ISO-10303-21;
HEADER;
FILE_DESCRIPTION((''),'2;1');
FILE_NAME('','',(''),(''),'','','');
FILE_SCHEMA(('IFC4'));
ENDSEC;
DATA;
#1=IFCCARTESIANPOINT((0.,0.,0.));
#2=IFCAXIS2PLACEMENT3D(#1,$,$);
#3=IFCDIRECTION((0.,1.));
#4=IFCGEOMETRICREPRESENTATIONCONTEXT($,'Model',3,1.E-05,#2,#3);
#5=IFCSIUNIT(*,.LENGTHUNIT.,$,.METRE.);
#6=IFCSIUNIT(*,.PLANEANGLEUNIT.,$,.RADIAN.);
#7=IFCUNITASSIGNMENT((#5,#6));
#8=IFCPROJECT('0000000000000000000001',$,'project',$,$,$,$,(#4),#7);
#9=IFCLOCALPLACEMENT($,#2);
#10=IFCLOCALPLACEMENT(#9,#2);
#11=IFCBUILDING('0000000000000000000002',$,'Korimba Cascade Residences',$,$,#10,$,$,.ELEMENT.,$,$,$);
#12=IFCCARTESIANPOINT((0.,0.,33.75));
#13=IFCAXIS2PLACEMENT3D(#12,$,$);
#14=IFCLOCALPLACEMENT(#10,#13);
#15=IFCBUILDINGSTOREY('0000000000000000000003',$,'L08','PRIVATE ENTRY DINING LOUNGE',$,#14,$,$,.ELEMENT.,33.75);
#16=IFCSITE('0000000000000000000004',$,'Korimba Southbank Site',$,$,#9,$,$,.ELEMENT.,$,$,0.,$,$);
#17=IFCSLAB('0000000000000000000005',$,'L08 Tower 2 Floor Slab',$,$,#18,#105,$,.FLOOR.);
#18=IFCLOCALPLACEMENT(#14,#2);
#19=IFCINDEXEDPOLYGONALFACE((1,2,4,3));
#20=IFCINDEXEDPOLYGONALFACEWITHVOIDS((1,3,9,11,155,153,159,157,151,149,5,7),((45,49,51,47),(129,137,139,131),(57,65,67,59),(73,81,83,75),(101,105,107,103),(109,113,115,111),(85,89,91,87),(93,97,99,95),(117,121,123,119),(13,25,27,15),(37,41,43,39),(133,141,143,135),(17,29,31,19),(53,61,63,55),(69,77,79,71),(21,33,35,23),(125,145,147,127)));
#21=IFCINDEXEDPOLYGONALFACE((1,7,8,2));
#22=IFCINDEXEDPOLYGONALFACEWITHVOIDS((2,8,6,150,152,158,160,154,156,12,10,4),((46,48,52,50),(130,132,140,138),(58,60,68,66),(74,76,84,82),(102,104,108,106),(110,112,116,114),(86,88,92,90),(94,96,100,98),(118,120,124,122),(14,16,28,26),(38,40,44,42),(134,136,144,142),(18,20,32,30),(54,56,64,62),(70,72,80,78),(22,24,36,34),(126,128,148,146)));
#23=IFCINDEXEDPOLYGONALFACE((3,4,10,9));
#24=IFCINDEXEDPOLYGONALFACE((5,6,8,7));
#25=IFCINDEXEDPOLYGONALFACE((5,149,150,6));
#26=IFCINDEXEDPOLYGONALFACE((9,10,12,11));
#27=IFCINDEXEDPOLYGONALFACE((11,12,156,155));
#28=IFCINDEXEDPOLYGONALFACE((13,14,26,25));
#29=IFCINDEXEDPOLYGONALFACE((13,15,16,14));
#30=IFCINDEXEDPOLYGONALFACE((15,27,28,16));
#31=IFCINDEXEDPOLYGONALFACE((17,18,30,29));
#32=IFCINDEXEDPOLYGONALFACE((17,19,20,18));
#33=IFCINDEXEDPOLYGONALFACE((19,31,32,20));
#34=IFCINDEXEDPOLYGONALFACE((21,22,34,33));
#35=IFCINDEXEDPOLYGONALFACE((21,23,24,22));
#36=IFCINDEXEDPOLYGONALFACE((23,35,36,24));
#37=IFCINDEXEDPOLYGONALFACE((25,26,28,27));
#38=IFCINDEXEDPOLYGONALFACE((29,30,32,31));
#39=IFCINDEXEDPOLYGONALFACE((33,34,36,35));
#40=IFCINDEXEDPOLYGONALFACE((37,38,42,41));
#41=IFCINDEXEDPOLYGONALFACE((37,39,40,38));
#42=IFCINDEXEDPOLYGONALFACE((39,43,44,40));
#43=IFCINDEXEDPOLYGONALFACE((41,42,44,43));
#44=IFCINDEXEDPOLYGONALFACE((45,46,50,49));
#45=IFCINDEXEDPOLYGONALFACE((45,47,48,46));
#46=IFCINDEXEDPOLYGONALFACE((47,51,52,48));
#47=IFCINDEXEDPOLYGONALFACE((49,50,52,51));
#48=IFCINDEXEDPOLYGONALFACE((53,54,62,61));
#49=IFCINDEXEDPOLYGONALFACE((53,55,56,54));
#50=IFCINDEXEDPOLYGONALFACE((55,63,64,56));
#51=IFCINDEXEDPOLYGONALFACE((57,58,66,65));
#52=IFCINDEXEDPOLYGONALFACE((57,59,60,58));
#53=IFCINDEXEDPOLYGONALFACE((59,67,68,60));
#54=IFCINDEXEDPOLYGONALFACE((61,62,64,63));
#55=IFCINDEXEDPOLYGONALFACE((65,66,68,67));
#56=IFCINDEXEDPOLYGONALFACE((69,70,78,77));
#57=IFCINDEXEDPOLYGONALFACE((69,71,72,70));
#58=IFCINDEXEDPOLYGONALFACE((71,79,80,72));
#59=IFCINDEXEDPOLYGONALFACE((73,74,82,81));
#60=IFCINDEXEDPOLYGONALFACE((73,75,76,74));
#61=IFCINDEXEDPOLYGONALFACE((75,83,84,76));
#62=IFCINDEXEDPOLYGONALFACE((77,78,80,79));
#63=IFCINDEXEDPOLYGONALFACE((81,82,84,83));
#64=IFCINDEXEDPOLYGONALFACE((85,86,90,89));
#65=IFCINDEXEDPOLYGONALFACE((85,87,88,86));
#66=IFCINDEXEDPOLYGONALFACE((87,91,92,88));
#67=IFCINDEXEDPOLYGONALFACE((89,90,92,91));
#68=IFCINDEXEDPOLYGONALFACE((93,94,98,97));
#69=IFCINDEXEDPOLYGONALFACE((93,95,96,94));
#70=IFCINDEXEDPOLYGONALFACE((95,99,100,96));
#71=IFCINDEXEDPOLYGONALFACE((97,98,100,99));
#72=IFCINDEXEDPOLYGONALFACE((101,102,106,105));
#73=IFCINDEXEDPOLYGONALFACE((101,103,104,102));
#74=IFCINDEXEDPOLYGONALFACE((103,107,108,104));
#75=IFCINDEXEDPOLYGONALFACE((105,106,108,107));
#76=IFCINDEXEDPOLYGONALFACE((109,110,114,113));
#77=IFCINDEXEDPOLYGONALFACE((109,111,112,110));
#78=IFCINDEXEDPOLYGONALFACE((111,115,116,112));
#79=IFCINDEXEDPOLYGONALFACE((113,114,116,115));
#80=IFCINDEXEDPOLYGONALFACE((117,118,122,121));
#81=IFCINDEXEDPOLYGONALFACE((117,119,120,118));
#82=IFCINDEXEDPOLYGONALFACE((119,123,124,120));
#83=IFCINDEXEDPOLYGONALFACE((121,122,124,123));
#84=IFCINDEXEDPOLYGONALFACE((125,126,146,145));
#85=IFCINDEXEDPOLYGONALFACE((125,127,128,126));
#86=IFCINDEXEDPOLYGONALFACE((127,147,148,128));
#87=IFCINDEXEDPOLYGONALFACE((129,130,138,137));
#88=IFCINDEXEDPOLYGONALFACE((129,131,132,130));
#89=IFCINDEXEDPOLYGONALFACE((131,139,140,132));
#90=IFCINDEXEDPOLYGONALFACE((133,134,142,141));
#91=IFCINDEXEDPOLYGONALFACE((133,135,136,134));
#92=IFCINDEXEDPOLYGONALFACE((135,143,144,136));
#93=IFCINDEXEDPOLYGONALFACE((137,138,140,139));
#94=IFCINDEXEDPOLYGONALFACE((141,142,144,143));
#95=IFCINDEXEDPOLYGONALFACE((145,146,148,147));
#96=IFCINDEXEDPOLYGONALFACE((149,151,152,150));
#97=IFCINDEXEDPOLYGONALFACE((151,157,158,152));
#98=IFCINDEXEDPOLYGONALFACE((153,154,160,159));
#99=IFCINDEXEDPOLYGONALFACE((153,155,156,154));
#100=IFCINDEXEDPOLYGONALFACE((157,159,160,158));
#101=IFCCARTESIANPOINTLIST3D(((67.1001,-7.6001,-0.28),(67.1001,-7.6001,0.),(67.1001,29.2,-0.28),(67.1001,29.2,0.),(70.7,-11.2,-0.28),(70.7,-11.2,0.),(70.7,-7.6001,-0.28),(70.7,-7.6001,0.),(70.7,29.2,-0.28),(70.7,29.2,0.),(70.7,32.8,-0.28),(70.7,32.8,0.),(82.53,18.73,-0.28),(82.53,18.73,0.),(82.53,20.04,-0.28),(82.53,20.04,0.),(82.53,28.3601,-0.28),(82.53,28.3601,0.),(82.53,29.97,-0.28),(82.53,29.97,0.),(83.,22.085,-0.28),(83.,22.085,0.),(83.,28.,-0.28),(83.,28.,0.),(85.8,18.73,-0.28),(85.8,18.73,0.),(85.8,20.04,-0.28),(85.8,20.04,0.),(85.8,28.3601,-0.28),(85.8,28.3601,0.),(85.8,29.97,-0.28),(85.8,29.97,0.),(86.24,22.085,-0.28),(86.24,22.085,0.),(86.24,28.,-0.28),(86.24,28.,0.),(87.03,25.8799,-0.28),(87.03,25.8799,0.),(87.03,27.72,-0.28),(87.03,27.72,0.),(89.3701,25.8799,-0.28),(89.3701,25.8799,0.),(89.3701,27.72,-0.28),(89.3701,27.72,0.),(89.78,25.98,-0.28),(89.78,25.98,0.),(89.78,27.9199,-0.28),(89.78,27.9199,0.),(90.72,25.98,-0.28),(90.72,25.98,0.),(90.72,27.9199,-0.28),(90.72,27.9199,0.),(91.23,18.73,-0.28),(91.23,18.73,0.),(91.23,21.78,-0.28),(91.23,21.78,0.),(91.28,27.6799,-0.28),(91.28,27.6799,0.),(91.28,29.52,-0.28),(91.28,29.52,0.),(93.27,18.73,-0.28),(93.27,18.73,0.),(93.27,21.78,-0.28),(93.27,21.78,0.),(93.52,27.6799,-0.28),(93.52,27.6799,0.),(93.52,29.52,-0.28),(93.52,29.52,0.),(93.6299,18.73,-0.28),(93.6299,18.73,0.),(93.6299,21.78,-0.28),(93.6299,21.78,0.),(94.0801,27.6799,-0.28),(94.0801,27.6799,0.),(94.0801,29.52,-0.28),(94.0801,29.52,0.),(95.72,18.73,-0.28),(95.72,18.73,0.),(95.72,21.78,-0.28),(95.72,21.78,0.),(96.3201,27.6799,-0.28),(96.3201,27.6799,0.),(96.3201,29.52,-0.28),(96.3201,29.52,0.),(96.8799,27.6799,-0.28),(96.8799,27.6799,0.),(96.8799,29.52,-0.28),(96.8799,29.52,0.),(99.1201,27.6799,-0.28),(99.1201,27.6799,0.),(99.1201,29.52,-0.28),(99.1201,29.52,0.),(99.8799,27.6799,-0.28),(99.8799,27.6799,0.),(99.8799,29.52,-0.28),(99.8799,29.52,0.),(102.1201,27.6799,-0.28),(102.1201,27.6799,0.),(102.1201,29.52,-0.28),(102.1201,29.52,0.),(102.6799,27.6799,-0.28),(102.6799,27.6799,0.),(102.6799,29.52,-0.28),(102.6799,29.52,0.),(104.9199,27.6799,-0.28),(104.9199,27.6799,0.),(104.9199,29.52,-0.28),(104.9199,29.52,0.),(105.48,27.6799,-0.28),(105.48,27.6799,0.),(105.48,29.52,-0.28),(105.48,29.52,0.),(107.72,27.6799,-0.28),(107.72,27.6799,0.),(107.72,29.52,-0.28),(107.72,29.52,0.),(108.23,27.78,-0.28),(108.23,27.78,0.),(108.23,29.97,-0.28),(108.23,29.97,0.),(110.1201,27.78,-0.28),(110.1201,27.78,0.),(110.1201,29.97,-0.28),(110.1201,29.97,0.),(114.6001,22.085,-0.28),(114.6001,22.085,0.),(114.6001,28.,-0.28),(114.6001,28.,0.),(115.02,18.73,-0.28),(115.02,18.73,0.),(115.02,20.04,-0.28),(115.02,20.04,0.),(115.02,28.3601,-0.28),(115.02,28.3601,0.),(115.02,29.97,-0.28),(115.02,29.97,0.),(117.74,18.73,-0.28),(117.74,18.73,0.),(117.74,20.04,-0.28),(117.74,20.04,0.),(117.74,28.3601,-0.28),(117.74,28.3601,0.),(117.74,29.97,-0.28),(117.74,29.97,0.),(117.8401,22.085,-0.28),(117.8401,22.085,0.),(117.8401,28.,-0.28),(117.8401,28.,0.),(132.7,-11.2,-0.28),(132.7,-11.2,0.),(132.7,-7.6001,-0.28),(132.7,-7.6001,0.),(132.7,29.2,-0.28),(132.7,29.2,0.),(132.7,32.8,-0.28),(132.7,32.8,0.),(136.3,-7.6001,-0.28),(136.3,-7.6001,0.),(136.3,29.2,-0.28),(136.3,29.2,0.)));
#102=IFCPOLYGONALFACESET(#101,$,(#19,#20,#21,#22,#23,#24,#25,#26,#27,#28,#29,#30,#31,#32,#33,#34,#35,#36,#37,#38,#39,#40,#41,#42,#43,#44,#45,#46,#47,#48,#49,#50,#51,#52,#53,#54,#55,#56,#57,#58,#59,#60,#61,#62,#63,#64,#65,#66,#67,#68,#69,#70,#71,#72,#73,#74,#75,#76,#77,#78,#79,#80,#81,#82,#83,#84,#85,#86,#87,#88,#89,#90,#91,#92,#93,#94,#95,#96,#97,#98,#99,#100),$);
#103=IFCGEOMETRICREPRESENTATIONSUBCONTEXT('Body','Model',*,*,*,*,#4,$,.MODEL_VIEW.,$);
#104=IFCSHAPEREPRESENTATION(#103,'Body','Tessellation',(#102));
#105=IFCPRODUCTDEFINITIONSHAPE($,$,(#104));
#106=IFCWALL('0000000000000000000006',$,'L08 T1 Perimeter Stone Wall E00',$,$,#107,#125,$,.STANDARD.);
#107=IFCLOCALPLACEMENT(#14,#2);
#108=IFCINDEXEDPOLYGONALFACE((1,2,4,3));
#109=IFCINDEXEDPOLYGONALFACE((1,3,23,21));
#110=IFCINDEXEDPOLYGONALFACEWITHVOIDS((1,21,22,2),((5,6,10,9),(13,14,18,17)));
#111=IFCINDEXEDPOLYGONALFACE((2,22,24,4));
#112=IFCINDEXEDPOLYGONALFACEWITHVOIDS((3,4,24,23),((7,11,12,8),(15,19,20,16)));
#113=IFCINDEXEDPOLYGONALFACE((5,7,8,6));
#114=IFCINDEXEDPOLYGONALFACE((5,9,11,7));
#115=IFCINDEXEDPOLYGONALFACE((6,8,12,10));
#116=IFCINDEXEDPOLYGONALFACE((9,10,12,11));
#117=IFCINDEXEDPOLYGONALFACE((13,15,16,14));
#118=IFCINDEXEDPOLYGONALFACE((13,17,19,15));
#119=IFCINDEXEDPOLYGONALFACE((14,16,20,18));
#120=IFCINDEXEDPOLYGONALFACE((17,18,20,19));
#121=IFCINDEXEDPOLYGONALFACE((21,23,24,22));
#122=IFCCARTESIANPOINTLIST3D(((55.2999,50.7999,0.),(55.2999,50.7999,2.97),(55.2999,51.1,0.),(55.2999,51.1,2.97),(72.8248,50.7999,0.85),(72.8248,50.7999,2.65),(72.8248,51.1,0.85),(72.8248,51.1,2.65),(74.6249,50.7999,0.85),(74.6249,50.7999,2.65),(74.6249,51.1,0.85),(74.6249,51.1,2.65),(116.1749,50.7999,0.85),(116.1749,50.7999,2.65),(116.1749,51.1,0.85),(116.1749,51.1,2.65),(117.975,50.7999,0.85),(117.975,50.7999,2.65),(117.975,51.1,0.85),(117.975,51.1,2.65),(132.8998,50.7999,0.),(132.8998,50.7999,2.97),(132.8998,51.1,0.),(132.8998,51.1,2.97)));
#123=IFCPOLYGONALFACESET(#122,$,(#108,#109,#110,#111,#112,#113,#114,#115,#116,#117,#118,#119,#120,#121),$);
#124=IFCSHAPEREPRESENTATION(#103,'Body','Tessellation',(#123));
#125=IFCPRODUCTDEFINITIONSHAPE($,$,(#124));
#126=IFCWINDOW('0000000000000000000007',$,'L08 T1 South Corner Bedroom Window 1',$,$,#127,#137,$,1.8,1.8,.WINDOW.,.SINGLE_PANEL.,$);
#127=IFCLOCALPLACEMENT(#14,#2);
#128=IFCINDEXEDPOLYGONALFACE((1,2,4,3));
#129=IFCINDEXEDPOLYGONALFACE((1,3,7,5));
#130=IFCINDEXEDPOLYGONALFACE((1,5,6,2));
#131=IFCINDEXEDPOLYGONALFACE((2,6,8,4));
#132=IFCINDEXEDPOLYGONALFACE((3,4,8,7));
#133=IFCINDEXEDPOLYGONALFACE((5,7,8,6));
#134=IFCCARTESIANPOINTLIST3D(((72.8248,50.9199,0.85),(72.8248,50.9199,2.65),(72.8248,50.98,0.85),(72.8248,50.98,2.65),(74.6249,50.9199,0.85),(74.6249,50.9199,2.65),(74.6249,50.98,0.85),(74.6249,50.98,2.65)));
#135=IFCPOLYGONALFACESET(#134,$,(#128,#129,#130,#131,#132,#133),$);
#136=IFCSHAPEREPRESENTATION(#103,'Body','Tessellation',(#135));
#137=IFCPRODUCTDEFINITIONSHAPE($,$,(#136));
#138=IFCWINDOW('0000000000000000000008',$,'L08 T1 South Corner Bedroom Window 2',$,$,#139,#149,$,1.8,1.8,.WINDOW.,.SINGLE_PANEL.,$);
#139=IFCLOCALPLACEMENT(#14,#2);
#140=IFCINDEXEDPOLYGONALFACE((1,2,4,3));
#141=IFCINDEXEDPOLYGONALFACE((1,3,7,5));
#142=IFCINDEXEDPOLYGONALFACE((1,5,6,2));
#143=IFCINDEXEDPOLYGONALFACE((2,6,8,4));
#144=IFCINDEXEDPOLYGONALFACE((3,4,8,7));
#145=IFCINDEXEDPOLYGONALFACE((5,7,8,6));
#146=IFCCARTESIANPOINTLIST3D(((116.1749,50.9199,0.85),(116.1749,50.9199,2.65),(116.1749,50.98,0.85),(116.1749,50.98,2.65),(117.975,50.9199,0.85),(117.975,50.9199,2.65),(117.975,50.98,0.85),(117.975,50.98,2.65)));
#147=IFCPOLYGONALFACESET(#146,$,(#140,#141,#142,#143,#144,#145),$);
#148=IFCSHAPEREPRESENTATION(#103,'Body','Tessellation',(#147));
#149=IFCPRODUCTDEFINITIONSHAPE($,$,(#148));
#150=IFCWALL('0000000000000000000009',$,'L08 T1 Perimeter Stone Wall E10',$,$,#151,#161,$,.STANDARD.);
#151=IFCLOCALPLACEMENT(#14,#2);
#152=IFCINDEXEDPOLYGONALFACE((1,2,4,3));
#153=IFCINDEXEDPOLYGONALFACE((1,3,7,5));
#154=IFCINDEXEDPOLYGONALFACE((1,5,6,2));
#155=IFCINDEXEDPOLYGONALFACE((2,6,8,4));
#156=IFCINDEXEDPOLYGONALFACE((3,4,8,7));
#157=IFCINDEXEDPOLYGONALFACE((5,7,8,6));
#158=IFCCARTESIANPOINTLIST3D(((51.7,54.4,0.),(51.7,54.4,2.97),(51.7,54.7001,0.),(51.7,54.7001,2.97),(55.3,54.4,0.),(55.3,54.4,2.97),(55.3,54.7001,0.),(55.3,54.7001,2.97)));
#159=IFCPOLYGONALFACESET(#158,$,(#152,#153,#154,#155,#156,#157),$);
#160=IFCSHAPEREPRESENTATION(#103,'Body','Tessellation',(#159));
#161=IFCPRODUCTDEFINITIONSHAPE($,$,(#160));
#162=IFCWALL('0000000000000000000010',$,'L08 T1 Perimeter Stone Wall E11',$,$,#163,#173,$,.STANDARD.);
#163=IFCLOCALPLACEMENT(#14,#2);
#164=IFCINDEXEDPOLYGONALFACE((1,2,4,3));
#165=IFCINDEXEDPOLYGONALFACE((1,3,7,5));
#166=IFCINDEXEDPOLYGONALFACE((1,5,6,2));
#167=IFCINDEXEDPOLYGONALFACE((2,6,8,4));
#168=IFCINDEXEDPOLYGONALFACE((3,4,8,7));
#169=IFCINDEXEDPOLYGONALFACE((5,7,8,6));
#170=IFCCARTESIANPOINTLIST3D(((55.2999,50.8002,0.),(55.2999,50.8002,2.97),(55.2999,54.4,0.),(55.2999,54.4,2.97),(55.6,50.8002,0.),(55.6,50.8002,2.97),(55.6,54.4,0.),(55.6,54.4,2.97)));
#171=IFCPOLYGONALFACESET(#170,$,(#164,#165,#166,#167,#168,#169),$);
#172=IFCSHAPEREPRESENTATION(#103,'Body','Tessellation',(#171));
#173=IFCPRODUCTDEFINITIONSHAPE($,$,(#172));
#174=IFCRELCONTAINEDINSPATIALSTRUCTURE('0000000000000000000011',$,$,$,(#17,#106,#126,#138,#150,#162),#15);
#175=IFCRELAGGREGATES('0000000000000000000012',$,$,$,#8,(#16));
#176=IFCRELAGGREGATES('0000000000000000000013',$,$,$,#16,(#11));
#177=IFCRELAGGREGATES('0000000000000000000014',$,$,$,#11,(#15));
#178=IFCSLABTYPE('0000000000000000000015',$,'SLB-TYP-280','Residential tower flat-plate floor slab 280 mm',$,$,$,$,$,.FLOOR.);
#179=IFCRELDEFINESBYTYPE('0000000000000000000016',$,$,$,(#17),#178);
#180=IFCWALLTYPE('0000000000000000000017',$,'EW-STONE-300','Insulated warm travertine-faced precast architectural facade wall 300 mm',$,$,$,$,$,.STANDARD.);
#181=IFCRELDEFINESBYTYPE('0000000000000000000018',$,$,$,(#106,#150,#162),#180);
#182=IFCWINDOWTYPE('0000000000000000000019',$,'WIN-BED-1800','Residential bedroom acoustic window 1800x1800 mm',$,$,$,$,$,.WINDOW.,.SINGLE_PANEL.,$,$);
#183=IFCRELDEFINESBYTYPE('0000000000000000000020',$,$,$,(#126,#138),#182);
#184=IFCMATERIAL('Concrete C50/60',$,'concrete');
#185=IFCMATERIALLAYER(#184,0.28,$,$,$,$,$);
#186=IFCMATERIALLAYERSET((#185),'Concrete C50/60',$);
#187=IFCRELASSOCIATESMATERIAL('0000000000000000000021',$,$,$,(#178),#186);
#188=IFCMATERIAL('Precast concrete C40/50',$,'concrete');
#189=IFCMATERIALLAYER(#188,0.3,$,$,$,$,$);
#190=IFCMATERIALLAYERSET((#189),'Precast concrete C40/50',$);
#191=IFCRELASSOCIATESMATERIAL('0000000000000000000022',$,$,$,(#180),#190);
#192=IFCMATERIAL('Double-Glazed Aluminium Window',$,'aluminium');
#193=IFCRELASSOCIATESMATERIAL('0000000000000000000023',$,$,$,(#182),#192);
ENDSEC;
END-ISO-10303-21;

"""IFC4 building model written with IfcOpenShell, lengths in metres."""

from ifc_helpers import new_model, si_unit, direction, frame, frame_2d, origin, place, context, subcontext, project, spatial, polyline, rectangle, outline, extrude, material, layer, layer_set, type_object, element, fill, save


model = new_model("IFC4")

# Units and contexts
model_context = context("Model", 3, precision=1e-05, world=origin(), true_north=direction((0.0, 1.0)))
body_context = subcontext(model_context, "Body", "Model", "MODEL_VIEW")
ifc_project = project(units=[si_unit("LENGTHUNIT", "METRE"), si_unit("PLANEANGLEUNIT", "RADIAN")], contexts=[model_context])

# Site, building, storey
site_placement = place(None, origin())
site = spatial("IfcSite", under=ifc_project, at=site_placement, Name="Korimba Southbank Site", CompositionType="ELEMENT", RefElevation=0.0)
building_placement = place(site_placement, origin())
building = spatial("IfcBuilding", under=site, at=building_placement, Name="Korimba Cascade Residences", CompositionType="ELEMENT")
storey_placement = place(building_placement, frame((0.0, 0.0, 33.75)))
storey = spatial("IfcBuildingStorey", under=building, at=storey_placement, Name="L08", Description="PRIVATE ENTRY DINING LOUNGE", CompositionType="ELEMENT", Elevation=33.75)

# Shared definitions
ifc_material_1 = material(Name="Concrete C50/60", Category="concrete")

# Slab
ifc_material_2 = material(Name="Precast concrete C40/50", Category="concrete")
ifc_layer_1 = layer(ifc_material_1, 0.28)
ifc_layer_set_1 = layer_set([ifc_layer_1], Name="Concrete C50/60")
slab_type_1 = type_object("IfcSlabType", Name="SLB-TYP-280", Description="Residential tower flat-plate floor slab 280 mm", PredefinedType="FLOOR", material=ifc_layer_set_1)
slab_1_placement = place(storey_placement, frame((0.0, 0.0, -0.28)))
element("IfcSlab", 1, at=slab_1_placement, inside=storey, type_object=slab_type_1, Name="L08 Tower 2 Floor Slab", PredefinedType="FLOOR", context=body_context, shape_type="SweptSolid", body=[
    extrude(outline(polyline([(70.7, -11.2), (132.7, -11.2), (132.7, -7.6001), (136.3, -7.6001), (136.3, 29.2), (132.7, 29.2), (132.7, 32.8), (70.7, 32.8), (70.7, 29.2), (67.1001, 29.2), (67.1001, -7.6001), (70.7, -7.6001), (70.7, -11.2)]), holes=[polyline([(86.24, 22.085), (86.24, 28.0), (83.0, 28.0), (83.0, 22.085), (86.24, 22.085)]), polyline([(117.8401, 22.085), (117.8401, 28.0), (114.6001, 28.0), (114.6001, 22.085), (117.8401, 22.085)]), polyline([(87.03, 25.8799), (89.3701, 25.8799), (89.3701, 27.72), (87.03, 27.72), (87.03, 25.8799)]), polyline([(91.28, 27.6799), (93.52, 27.6799), (93.52, 29.52), (91.28, 29.52), (91.28, 27.6799)]), polyline([(94.0801, 27.6799), (96.3201, 27.6799), (96.3201, 29.52), (94.0801, 29.52), (94.0801, 27.6799)]), polyline([(96.8799, 27.6799), (99.1201, 27.6799), (99.1201, 29.52), (96.8799, 29.52), (96.8799, 27.6799)]), polyline([(99.8799, 27.6799), (102.1201, 27.6799), (102.1201, 29.52), (99.8799, 29.52), (99.8799, 27.6799)]), polyline([(102.6799, 27.6799), (104.9199, 27.6799), (104.9199, 29.52), (102.6799, 29.52), (102.6799, 27.6799)]), polyline([(105.48, 27.6799), (107.72, 27.6799), (107.72, 29.52), (105.48, 29.52), (105.48, 27.6799)]), polyline([(89.78, 25.98), (90.72, 25.98), (90.72, 27.9199), (89.78, 27.9199), (89.78, 25.98)]), polyline([(82.53, 18.73), (85.8, 18.73), (85.8, 20.04), (82.53, 20.04), (82.53, 18.73)]), polyline([(82.53, 28.3601), (85.8, 28.3601), (85.8, 29.97), (82.53, 29.97), (82.53, 28.3601)]), polyline([(108.23, 27.78), (110.1201, 27.78), (110.1201, 29.97), (108.23, 29.97), (108.23, 27.78)]), polyline([(91.23, 18.73), (93.27, 18.73), (93.27, 21.78), (91.23, 21.78), (91.23, 18.73)]), polyline([(93.6299, 18.73), (95.72, 18.73), (95.72, 21.78), (93.6299, 21.78), (93.6299, 18.73)]), polyline([(115.02, 18.73), (117.74, 18.73), (117.74, 20.04), (115.02, 20.04), (115.02, 18.73)]), polyline([(115.02, 28.3601), (117.74, 28.3601), (117.74, 29.97), (115.02, 29.97), (115.02, 28.3601)])]), origin(), (0.0, 0.0, 1.0), 0.28),
])

# Wall, openings, windows
ifc_layer_2 = layer(ifc_material_2, 0.3)
ifc_layer_set_2 = layer_set([ifc_layer_2], Name="Precast concrete C40/50")
wall_type_1 = type_object("IfcWallType", Name="EW-STONE-300", Description="Insulated warm travertine-faced precast architectural facade wall 300 mm", PredefinedType="STANDARD", material=ifc_layer_set_2)
wall_1_placement = place(storey_placement, frame((55.3, 50.95, 0.0), z_axis=(0.0, 0.0, 1.0), x_axis=(1.0, 0.0, 0.0)))
wall_1 = element("IfcWall", 2, at=wall_1_placement, inside=storey, type_object=wall_type_1, Name="L08 T1 Perimeter Stone Wall E00", PredefinedType="STANDARD", context=body_context, shape_type="SweptSolid", body=[
    extrude(rectangle(XDim=77.5999, YDim=0.3, at=frame_2d((38.7998, 0.0))), origin(), (0.0, 0.0, 1.0), 2.97),
])
opening_1_placement = place(wall_1_placement, frame((17.5249, 0.0, 0.8501)))
opening_1 = element("IfcOpeningElement", 3, at=opening_1_placement, cuts=wall_1, PredefinedType="OPENING", context=body_context, shape_type="SweptSolid", body=[
    extrude(rectangle(XDim=1.8, YDim=1.8, at=frame_2d((0.8999, 0.8999))), frame((0.0, 0.1602, 0.0), z_axis=(0.0, -1.0, 0.0), x_axis=(1.0, 0.0, 0.0)), (0.0, 0.0, 1.0), 0.3201),
])
opening_2_placement = place(wall_1_placement, frame((60.875, 0.0, 0.8501)))
opening_2 = element("IfcOpeningElement", 4, at=opening_2_placement, cuts=wall_1, PredefinedType="OPENING", context=body_context, shape_type="SweptSolid", body=[
    extrude(rectangle(XDim=1.8, YDim=1.8, at=frame_2d((0.8999, 0.8999))), frame((0.0, 0.1602, 0.0), z_axis=(0.0, -1.0, 0.0), x_axis=(1.0, 0.0, 0.0)), (0.0, 0.0, 1.0), 0.3201),
])
ifc_material_3 = material(Name="Double-Glazed Aluminium Window", Category="aluminium")
window_type = type_object("IfcWindowType", Name="WIN-BED-1800", Description="Residential bedroom acoustic window 1800x1800 mm", PartitioningType="SINGLE_PANEL", PredefinedType="WINDOW", material=ifc_material_3)
window_1_placement = place(opening_1_placement, origin())
window_1 = element("IfcWindow", 5, at=window_1_placement, inside=storey, type_object=window_type, Name="L08 T1 South Corner Bedroom Window 1", OverallHeight=1.8, OverallWidth=1.8, PartitioningType="SINGLE_PANEL", PredefinedType="WINDOW", context=body_context, shape_type="SweptSolid", body=[
    extrude(rectangle(XDim=1.8, YDim=1.8, at=frame_2d((0.8999, 0.8999))), frame((0.0, 0.03, 0.0), z_axis=(0.0, -1.0, 0.0), x_axis=(1.0, 0.0, 0.0)), (0.0, 0.0, 1.0), 0.0601),
])
fill(opening_1, window_1)
window_2_placement = place(opening_2_placement, origin())
window_2 = element("IfcWindow", 6, at=window_2_placement, inside=storey, type_object=window_type, Name="L08 T1 South Corner Bedroom Window 2", OverallHeight=1.8, OverallWidth=1.8, PartitioningType="SINGLE_PANEL", PredefinedType="WINDOW", context=body_context, shape_type="SweptSolid", body=[
    extrude(rectangle(XDim=1.8, YDim=1.8, at=frame_2d((0.8999, 0.8999))), frame((0.0, 0.03, 0.0), z_axis=(0.0, -1.0, 0.0), x_axis=(1.0, 0.0, 0.0)), (0.0, 0.0, 1.0), 0.0601),
])
fill(opening_2, window_2)

# Walls
wall_2_placement = place(storey_placement, frame((51.7, 54.55, 0.0), z_axis=(0.0, 0.0, 1.0), x_axis=(1.0, 0.0, 0.0)))
element("IfcWall", 7, at=wall_2_placement, inside=storey, type_object=wall_type_1, Name="L08 T1 Perimeter Stone Wall E10", PredefinedType="STANDARD", context=body_context, shape_type="SweptSolid", body=[
    extrude(rectangle(XDim=3.6001, YDim=0.3, at=frame_2d((1.8, 0.0))), origin(), (0.0, 0.0, 1.0), 2.97),
])
wall_3_placement = place(storey_placement, frame((55.45, 54.3999, 0.0), z_axis=(0.0, 0.0, 1.0), x_axis=(0.0, -1.0, 0.0)))
element("IfcWall", 8, at=wall_3_placement, inside=storey, type_object=wall_type_1, Name="L08 T1 Perimeter Stone Wall E11", PredefinedType="STANDARD", context=body_context, shape_type="SweptSolid", body=[
    extrude(rectangle(XDim=3.5999, YDim=0.3, at=frame_2d((1.7998, 0.0))), origin(), (0.0, 0.0, 1.0), 2.97),
])

save(model, "model.ifc")
